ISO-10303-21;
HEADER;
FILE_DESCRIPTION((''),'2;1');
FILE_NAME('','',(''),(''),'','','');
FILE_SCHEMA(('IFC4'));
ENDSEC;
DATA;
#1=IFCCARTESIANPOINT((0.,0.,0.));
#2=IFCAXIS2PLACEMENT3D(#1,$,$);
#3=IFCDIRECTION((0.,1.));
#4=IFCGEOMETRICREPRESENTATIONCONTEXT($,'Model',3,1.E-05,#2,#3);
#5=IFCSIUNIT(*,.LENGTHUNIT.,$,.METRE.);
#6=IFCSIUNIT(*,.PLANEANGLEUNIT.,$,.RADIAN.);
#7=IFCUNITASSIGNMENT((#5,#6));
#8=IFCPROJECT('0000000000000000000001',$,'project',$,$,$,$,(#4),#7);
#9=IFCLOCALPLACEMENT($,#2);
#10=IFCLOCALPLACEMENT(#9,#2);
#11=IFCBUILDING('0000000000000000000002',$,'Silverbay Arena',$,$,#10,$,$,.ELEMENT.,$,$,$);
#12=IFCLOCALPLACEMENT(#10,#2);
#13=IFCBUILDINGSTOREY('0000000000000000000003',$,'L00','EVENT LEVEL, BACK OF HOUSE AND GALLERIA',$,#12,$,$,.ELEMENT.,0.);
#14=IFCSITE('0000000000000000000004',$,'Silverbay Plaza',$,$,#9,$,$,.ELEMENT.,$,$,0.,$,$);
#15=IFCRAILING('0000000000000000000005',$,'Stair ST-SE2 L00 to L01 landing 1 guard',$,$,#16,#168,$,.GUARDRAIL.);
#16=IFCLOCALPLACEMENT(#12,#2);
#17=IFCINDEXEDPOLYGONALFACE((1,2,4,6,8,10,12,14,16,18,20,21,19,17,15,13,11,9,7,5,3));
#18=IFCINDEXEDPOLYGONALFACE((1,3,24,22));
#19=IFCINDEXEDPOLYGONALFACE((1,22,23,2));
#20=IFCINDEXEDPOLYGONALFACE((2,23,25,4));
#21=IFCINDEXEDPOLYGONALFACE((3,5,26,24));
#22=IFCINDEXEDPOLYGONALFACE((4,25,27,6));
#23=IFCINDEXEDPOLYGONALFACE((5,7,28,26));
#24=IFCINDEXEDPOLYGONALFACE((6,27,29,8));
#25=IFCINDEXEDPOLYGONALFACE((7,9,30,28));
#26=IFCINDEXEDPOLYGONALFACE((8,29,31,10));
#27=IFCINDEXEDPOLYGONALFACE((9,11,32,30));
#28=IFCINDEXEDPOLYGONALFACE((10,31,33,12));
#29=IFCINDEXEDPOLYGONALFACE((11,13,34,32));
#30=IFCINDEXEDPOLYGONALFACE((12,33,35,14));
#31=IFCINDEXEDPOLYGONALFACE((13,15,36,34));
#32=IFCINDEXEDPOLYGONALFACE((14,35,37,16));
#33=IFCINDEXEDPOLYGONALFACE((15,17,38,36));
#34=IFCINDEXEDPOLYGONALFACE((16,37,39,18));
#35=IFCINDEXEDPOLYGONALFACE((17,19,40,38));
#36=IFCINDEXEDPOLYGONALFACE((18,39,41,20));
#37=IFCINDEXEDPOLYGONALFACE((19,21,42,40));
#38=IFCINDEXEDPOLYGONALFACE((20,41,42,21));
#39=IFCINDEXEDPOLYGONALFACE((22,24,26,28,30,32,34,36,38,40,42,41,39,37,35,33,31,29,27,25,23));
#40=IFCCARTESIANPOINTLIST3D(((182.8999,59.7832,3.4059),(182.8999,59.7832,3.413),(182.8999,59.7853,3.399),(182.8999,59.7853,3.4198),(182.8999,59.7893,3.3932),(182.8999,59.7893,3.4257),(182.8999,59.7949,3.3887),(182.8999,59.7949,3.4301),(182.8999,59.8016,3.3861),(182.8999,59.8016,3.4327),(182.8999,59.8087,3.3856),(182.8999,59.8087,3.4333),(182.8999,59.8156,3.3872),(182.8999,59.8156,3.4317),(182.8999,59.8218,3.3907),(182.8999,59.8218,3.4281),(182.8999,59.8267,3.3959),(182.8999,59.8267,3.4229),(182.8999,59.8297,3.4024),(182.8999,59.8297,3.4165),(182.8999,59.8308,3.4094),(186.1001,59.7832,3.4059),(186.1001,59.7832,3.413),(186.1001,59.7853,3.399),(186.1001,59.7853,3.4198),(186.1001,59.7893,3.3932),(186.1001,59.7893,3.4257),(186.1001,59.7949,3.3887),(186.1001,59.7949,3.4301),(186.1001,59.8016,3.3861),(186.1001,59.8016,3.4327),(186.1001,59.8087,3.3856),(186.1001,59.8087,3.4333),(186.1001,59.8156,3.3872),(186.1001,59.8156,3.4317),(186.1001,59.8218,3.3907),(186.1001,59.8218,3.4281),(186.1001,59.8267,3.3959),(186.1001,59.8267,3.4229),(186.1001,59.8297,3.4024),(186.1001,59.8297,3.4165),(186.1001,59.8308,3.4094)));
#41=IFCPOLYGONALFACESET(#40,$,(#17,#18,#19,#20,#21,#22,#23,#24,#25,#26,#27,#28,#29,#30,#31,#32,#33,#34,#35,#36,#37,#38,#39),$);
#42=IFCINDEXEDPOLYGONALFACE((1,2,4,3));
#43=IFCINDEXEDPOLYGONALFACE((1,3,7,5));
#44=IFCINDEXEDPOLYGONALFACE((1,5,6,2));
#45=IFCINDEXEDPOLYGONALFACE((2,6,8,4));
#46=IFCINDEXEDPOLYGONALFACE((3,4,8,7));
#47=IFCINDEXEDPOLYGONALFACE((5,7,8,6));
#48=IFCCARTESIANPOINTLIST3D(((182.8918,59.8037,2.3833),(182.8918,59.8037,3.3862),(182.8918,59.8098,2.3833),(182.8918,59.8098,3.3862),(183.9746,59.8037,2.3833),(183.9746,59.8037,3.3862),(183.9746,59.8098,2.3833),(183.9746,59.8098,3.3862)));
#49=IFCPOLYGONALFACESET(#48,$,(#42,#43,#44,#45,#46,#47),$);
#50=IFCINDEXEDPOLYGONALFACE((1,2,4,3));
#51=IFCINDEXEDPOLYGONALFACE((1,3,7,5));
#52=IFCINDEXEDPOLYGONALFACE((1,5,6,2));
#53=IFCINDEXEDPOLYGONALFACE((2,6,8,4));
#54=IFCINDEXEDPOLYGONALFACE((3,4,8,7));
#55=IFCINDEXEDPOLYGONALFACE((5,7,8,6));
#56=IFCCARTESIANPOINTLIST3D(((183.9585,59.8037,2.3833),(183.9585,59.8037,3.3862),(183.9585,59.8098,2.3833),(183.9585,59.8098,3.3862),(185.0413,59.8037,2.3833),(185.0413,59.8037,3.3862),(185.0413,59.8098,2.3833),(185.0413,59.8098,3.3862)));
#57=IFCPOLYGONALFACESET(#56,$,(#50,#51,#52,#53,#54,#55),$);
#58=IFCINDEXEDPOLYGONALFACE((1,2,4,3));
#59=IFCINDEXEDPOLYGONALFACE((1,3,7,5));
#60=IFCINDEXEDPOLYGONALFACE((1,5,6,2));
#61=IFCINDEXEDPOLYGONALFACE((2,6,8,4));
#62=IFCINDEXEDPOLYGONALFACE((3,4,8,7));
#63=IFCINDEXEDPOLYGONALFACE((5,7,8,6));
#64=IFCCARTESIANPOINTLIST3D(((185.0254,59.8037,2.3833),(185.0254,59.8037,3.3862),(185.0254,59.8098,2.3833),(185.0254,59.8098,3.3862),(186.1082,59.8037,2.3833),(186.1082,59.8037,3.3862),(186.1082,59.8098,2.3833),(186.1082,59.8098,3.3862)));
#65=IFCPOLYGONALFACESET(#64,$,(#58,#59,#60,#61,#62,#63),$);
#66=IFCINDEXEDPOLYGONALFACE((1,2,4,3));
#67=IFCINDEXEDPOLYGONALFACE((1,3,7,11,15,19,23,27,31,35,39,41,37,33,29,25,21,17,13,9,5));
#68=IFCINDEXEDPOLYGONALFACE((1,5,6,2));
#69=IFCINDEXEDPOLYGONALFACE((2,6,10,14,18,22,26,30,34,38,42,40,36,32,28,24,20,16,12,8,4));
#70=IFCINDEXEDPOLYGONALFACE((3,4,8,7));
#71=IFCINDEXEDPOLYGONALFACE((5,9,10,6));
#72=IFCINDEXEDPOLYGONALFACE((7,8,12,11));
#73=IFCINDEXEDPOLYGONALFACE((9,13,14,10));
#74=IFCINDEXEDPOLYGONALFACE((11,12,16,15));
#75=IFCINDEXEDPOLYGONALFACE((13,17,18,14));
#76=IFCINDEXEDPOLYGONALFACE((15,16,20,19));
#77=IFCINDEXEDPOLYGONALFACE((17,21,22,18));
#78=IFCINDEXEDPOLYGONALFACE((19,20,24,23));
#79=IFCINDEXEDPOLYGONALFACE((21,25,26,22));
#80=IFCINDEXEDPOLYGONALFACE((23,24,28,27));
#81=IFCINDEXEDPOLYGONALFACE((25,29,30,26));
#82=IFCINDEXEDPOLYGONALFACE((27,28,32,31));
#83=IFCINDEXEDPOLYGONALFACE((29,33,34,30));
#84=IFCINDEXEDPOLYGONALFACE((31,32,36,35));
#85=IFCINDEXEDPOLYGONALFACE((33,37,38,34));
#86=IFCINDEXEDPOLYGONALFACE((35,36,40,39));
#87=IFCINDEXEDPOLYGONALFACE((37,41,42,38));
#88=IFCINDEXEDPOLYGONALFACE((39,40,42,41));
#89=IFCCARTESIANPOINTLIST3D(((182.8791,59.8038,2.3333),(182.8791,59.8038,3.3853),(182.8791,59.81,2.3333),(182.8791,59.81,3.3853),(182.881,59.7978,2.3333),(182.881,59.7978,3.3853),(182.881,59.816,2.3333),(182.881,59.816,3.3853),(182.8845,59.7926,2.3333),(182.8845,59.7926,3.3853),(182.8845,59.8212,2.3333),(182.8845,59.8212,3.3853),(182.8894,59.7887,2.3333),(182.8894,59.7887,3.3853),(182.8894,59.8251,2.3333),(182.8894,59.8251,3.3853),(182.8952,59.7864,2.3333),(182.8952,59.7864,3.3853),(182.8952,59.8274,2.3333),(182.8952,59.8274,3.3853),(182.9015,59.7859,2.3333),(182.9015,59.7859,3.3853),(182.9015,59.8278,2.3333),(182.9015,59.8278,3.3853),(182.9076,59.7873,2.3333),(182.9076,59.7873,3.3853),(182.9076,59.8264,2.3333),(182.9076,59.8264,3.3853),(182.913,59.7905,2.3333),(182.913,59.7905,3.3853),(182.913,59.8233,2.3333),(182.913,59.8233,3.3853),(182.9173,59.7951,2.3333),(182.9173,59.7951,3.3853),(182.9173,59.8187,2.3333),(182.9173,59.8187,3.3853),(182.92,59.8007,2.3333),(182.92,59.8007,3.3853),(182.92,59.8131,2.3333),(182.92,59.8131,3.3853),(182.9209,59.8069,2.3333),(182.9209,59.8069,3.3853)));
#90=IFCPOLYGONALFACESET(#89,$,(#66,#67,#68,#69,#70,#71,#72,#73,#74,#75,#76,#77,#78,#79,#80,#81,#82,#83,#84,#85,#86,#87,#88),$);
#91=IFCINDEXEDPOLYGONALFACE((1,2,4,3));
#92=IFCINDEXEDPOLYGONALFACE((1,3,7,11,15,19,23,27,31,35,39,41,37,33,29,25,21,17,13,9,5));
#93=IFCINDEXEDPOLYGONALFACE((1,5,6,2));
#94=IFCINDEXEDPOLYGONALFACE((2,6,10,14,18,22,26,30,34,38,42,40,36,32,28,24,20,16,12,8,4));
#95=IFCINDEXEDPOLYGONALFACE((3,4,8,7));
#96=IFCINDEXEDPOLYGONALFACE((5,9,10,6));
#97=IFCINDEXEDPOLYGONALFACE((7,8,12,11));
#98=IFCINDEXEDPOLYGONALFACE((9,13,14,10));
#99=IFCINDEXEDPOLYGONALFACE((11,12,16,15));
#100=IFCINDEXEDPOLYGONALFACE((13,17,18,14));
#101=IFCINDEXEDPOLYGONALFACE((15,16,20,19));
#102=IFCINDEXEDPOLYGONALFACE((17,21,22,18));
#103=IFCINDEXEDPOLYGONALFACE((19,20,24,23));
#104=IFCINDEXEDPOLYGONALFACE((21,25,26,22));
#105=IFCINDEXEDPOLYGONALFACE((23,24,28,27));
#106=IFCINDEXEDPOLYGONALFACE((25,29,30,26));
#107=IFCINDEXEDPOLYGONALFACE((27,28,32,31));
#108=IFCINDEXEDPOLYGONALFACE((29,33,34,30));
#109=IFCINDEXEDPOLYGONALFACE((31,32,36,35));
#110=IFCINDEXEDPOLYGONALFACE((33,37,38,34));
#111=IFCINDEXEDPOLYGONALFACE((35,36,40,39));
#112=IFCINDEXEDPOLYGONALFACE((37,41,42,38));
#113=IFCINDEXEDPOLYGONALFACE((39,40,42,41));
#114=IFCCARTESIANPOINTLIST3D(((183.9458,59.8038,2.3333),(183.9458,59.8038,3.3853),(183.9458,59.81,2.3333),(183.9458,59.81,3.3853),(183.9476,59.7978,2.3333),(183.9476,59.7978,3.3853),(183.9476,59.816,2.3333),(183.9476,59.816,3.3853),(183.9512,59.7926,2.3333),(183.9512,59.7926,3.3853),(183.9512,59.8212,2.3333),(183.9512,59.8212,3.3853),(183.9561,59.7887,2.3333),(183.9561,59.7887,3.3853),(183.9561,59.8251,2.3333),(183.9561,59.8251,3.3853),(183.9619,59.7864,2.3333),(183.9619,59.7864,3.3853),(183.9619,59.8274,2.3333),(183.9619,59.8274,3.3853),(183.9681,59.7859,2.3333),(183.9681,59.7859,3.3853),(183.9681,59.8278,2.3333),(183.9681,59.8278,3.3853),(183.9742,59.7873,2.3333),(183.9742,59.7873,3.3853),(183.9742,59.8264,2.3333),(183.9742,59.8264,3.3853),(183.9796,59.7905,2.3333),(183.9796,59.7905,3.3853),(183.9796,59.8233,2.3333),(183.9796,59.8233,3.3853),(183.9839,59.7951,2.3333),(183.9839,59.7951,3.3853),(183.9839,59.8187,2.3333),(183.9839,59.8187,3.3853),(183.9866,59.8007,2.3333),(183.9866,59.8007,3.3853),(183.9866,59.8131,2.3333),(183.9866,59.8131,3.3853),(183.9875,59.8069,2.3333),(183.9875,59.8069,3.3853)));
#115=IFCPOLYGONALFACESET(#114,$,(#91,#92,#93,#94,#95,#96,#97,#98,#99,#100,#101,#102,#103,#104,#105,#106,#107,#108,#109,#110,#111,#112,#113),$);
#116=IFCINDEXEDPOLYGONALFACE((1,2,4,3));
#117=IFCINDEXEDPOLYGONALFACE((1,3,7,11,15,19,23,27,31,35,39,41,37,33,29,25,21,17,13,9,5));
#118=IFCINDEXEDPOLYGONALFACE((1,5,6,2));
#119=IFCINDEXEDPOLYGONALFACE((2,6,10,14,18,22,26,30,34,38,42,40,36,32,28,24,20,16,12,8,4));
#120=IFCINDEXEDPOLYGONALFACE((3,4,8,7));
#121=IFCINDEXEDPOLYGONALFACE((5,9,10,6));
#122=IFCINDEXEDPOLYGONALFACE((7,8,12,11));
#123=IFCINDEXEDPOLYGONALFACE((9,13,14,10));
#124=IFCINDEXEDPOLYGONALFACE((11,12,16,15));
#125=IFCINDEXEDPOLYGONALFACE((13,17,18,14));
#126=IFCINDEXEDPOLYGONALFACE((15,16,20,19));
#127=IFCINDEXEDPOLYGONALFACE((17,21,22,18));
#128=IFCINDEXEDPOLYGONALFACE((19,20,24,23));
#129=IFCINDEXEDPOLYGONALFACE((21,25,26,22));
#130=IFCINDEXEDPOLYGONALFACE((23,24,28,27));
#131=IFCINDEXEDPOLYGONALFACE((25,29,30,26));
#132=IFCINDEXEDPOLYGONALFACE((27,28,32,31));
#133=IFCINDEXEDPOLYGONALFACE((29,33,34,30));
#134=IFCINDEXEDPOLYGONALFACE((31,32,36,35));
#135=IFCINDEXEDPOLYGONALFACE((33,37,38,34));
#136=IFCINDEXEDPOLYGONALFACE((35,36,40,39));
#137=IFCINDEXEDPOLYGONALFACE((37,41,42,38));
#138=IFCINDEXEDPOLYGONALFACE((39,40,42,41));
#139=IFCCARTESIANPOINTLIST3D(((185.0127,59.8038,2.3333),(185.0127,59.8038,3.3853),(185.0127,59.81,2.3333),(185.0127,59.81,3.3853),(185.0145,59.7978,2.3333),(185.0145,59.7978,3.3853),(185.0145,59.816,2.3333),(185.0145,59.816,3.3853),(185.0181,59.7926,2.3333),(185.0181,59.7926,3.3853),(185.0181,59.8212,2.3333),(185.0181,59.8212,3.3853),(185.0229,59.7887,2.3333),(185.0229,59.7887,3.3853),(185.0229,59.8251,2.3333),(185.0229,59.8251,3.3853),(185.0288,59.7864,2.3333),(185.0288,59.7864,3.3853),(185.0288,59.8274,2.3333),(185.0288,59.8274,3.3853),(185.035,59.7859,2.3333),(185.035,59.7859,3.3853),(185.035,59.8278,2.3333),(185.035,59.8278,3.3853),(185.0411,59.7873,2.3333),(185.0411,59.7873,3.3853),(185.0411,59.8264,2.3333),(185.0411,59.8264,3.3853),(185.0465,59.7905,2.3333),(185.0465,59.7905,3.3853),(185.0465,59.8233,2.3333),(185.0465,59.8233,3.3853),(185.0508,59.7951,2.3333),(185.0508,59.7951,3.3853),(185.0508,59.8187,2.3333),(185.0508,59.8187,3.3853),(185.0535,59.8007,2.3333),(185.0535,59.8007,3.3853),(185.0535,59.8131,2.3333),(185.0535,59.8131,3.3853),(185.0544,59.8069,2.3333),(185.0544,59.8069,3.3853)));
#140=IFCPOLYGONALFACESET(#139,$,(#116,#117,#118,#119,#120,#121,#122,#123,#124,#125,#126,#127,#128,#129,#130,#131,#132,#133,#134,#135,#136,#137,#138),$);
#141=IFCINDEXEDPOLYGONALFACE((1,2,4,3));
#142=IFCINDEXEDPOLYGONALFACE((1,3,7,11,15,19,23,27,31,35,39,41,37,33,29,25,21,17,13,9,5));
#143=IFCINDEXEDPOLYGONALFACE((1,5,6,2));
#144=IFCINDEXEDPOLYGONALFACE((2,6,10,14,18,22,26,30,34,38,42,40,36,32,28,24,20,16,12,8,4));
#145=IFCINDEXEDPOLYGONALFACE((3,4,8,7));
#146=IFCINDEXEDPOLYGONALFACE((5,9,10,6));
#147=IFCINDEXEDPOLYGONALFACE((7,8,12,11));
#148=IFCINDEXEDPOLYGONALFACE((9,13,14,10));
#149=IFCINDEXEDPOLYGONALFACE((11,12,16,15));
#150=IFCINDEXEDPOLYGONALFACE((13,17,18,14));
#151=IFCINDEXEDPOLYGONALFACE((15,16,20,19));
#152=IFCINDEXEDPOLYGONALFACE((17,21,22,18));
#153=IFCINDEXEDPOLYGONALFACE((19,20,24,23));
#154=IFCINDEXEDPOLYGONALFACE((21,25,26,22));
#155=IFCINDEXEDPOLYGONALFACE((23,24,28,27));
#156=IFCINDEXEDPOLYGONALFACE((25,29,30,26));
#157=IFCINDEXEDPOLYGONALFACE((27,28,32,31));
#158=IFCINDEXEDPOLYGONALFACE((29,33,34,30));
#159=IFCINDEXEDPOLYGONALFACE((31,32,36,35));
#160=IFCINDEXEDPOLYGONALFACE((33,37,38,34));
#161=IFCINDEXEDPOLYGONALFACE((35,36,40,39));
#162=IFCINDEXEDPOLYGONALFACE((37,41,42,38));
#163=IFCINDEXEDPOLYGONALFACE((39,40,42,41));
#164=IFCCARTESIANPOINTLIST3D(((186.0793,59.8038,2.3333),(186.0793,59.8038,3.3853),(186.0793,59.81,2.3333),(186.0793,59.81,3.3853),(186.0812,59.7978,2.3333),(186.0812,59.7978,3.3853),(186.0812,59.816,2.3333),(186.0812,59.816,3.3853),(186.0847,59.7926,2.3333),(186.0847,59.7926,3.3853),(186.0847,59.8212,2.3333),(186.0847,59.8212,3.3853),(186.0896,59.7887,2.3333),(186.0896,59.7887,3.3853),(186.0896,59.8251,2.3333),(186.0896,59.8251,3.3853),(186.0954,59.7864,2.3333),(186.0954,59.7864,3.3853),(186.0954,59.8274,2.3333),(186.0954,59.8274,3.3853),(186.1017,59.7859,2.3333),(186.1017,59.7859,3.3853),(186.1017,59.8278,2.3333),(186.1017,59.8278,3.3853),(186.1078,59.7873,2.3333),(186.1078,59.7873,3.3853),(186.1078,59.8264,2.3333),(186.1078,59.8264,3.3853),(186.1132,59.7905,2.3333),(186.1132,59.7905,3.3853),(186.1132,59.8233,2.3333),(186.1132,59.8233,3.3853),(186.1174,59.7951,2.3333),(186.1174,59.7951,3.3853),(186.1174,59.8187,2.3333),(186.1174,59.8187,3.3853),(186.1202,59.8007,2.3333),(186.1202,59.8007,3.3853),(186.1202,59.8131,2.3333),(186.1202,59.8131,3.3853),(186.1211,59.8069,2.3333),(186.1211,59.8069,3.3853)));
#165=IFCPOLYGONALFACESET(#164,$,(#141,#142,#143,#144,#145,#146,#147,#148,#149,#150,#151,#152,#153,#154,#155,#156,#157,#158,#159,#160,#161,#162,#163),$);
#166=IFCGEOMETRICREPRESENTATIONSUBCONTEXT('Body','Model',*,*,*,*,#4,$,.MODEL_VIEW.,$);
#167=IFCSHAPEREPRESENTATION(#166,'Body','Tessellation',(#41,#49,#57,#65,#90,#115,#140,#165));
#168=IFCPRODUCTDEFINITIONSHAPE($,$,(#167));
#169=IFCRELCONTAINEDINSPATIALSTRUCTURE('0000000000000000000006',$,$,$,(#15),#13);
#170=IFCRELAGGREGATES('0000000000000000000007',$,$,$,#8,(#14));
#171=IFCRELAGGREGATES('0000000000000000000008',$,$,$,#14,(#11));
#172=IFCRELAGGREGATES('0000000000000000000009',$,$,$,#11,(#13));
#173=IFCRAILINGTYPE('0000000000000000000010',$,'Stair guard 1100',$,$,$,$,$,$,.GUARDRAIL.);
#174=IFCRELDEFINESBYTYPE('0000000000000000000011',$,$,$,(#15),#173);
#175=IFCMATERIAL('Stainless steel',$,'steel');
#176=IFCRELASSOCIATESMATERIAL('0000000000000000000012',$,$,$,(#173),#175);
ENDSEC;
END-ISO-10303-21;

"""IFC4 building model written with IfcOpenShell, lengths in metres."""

from ifc_helpers import new_model, si_unit, direction, frame, origin, origin_2d, place, context, subcontext, project, spatial, polyline, circle, outline, extrude, material, type_object, element, save


model = new_model("IFC4")

# Units and contexts
model_context = context("Model", 3, precision=1e-05, world=origin(), true_north=direction((0.0, 1.0)))
body_context = subcontext(model_context, "Body", "Model", "MODEL_VIEW")
ifc_project = project(units=[si_unit("LENGTHUNIT", "METRE"), si_unit("PLANEANGLEUNIT", "RADIAN")], contexts=[model_context])

# Site, building, storey
site_placement = place(None, origin())
site = spatial("IfcSite", under=ifc_project, at=site_placement, Name="Silverbay Plaza", CompositionType="ELEMENT", RefElevation=0.0)
building_placement = place(site_placement, origin())
building = spatial("IfcBuilding", under=site, at=building_placement, Name="Silverbay Arena", CompositionType="ELEMENT")
storey_placement = place(building_placement, origin())
storey = spatial("IfcBuildingStorey", under=building, at=storey_placement, Name="L00", Description="EVENT LEVEL, BACK OF HOUSE AND GALLERIA", CompositionType="ELEMENT", Elevation=0.0)

# Railing
ifc_material_1 = material(Name="Stainless steel", Category="steel")
railing_type_1 = type_object("IfcRailingType", Name="Stair guard 1100", PredefinedType="GUARDRAIL", material=ifc_material_1)
for number, where, name in (
    (1, (182.8999, 59.8069, 2.3333), "Stair ST-SE2 L00 to L01 landing 1 guard"),
):
    element("IfcRailing", number, at=place(storey_placement, frame(where)), inside=storey, type_object=railing_type_1, Name=name, PredefinedType="GUARDRAIL", context=body_context, shape_type="SweptSolid", body=[
        extrude(circle(Radius=0.0239, at=origin_2d()), frame((0.0, 0.0, 1.0762), z_axis=(1.0, 0.0, 0.0), x_axis=(0.0, 1.0, 0.0)), (0.0, 0.0, 1.0), 3.2002),
        extrude(outline(polyline([(-0.0081, 0.05), (1.0747, 0.05), (1.0747, 1.053), (-0.0081, 1.053), (-0.0081, 0.05)])), frame((0.0, 0.0029, 0.0), z_axis=(0.0, -1.0, 0.0), x_axis=(1.0, 0.0, 0.0)), (0.0, 0.0, 1.0), 0.0061),
        extrude(outline(polyline([(-0.0081, 0.05), (1.0747, 0.05), (1.0747, 1.053), (-0.0081, 1.053), (-0.0081, 0.05)])), frame((1.0667, 0.0029, 0.0), z_axis=(0.0, -1.0, 0.0), x_axis=(1.0, 0.0, 0.0)), (0.0, 0.0, 1.0), 0.0061),
        extrude(outline(polyline([(-0.0081, 0.05), (1.0747, 0.05), (1.0747, 1.053), (-0.0081, 1.053), (-0.0081, 0.05)])), frame((2.1335, 0.0029, 0.0), z_axis=(0.0, -1.0, 0.0), x_axis=(1.0, 0.0, 0.0)), (0.0, 0.0, 1.0), 0.0061),
        extrude(circle(Radius=0.021, at=origin_2d()), origin(), (0.0, 0.0, 1.0), 1.052),
        extrude(circle(Radius=0.021, at=origin_2d()), frame((1.0667, 0.0, 0.0)), (0.0, 0.0, 1.0), 1.052),
        extrude(circle(Radius=0.021, at=origin_2d()), frame((2.1335, 0.0, 0.0)), (0.0, 0.0, 1.0), 1.052),
        extrude(circle(Radius=0.021, at=origin_2d()), frame((3.2002, 0.0, 0.0)), (0.0, 0.0, 1.0), 1.052),
    ])

save(model, "model.ifc")
